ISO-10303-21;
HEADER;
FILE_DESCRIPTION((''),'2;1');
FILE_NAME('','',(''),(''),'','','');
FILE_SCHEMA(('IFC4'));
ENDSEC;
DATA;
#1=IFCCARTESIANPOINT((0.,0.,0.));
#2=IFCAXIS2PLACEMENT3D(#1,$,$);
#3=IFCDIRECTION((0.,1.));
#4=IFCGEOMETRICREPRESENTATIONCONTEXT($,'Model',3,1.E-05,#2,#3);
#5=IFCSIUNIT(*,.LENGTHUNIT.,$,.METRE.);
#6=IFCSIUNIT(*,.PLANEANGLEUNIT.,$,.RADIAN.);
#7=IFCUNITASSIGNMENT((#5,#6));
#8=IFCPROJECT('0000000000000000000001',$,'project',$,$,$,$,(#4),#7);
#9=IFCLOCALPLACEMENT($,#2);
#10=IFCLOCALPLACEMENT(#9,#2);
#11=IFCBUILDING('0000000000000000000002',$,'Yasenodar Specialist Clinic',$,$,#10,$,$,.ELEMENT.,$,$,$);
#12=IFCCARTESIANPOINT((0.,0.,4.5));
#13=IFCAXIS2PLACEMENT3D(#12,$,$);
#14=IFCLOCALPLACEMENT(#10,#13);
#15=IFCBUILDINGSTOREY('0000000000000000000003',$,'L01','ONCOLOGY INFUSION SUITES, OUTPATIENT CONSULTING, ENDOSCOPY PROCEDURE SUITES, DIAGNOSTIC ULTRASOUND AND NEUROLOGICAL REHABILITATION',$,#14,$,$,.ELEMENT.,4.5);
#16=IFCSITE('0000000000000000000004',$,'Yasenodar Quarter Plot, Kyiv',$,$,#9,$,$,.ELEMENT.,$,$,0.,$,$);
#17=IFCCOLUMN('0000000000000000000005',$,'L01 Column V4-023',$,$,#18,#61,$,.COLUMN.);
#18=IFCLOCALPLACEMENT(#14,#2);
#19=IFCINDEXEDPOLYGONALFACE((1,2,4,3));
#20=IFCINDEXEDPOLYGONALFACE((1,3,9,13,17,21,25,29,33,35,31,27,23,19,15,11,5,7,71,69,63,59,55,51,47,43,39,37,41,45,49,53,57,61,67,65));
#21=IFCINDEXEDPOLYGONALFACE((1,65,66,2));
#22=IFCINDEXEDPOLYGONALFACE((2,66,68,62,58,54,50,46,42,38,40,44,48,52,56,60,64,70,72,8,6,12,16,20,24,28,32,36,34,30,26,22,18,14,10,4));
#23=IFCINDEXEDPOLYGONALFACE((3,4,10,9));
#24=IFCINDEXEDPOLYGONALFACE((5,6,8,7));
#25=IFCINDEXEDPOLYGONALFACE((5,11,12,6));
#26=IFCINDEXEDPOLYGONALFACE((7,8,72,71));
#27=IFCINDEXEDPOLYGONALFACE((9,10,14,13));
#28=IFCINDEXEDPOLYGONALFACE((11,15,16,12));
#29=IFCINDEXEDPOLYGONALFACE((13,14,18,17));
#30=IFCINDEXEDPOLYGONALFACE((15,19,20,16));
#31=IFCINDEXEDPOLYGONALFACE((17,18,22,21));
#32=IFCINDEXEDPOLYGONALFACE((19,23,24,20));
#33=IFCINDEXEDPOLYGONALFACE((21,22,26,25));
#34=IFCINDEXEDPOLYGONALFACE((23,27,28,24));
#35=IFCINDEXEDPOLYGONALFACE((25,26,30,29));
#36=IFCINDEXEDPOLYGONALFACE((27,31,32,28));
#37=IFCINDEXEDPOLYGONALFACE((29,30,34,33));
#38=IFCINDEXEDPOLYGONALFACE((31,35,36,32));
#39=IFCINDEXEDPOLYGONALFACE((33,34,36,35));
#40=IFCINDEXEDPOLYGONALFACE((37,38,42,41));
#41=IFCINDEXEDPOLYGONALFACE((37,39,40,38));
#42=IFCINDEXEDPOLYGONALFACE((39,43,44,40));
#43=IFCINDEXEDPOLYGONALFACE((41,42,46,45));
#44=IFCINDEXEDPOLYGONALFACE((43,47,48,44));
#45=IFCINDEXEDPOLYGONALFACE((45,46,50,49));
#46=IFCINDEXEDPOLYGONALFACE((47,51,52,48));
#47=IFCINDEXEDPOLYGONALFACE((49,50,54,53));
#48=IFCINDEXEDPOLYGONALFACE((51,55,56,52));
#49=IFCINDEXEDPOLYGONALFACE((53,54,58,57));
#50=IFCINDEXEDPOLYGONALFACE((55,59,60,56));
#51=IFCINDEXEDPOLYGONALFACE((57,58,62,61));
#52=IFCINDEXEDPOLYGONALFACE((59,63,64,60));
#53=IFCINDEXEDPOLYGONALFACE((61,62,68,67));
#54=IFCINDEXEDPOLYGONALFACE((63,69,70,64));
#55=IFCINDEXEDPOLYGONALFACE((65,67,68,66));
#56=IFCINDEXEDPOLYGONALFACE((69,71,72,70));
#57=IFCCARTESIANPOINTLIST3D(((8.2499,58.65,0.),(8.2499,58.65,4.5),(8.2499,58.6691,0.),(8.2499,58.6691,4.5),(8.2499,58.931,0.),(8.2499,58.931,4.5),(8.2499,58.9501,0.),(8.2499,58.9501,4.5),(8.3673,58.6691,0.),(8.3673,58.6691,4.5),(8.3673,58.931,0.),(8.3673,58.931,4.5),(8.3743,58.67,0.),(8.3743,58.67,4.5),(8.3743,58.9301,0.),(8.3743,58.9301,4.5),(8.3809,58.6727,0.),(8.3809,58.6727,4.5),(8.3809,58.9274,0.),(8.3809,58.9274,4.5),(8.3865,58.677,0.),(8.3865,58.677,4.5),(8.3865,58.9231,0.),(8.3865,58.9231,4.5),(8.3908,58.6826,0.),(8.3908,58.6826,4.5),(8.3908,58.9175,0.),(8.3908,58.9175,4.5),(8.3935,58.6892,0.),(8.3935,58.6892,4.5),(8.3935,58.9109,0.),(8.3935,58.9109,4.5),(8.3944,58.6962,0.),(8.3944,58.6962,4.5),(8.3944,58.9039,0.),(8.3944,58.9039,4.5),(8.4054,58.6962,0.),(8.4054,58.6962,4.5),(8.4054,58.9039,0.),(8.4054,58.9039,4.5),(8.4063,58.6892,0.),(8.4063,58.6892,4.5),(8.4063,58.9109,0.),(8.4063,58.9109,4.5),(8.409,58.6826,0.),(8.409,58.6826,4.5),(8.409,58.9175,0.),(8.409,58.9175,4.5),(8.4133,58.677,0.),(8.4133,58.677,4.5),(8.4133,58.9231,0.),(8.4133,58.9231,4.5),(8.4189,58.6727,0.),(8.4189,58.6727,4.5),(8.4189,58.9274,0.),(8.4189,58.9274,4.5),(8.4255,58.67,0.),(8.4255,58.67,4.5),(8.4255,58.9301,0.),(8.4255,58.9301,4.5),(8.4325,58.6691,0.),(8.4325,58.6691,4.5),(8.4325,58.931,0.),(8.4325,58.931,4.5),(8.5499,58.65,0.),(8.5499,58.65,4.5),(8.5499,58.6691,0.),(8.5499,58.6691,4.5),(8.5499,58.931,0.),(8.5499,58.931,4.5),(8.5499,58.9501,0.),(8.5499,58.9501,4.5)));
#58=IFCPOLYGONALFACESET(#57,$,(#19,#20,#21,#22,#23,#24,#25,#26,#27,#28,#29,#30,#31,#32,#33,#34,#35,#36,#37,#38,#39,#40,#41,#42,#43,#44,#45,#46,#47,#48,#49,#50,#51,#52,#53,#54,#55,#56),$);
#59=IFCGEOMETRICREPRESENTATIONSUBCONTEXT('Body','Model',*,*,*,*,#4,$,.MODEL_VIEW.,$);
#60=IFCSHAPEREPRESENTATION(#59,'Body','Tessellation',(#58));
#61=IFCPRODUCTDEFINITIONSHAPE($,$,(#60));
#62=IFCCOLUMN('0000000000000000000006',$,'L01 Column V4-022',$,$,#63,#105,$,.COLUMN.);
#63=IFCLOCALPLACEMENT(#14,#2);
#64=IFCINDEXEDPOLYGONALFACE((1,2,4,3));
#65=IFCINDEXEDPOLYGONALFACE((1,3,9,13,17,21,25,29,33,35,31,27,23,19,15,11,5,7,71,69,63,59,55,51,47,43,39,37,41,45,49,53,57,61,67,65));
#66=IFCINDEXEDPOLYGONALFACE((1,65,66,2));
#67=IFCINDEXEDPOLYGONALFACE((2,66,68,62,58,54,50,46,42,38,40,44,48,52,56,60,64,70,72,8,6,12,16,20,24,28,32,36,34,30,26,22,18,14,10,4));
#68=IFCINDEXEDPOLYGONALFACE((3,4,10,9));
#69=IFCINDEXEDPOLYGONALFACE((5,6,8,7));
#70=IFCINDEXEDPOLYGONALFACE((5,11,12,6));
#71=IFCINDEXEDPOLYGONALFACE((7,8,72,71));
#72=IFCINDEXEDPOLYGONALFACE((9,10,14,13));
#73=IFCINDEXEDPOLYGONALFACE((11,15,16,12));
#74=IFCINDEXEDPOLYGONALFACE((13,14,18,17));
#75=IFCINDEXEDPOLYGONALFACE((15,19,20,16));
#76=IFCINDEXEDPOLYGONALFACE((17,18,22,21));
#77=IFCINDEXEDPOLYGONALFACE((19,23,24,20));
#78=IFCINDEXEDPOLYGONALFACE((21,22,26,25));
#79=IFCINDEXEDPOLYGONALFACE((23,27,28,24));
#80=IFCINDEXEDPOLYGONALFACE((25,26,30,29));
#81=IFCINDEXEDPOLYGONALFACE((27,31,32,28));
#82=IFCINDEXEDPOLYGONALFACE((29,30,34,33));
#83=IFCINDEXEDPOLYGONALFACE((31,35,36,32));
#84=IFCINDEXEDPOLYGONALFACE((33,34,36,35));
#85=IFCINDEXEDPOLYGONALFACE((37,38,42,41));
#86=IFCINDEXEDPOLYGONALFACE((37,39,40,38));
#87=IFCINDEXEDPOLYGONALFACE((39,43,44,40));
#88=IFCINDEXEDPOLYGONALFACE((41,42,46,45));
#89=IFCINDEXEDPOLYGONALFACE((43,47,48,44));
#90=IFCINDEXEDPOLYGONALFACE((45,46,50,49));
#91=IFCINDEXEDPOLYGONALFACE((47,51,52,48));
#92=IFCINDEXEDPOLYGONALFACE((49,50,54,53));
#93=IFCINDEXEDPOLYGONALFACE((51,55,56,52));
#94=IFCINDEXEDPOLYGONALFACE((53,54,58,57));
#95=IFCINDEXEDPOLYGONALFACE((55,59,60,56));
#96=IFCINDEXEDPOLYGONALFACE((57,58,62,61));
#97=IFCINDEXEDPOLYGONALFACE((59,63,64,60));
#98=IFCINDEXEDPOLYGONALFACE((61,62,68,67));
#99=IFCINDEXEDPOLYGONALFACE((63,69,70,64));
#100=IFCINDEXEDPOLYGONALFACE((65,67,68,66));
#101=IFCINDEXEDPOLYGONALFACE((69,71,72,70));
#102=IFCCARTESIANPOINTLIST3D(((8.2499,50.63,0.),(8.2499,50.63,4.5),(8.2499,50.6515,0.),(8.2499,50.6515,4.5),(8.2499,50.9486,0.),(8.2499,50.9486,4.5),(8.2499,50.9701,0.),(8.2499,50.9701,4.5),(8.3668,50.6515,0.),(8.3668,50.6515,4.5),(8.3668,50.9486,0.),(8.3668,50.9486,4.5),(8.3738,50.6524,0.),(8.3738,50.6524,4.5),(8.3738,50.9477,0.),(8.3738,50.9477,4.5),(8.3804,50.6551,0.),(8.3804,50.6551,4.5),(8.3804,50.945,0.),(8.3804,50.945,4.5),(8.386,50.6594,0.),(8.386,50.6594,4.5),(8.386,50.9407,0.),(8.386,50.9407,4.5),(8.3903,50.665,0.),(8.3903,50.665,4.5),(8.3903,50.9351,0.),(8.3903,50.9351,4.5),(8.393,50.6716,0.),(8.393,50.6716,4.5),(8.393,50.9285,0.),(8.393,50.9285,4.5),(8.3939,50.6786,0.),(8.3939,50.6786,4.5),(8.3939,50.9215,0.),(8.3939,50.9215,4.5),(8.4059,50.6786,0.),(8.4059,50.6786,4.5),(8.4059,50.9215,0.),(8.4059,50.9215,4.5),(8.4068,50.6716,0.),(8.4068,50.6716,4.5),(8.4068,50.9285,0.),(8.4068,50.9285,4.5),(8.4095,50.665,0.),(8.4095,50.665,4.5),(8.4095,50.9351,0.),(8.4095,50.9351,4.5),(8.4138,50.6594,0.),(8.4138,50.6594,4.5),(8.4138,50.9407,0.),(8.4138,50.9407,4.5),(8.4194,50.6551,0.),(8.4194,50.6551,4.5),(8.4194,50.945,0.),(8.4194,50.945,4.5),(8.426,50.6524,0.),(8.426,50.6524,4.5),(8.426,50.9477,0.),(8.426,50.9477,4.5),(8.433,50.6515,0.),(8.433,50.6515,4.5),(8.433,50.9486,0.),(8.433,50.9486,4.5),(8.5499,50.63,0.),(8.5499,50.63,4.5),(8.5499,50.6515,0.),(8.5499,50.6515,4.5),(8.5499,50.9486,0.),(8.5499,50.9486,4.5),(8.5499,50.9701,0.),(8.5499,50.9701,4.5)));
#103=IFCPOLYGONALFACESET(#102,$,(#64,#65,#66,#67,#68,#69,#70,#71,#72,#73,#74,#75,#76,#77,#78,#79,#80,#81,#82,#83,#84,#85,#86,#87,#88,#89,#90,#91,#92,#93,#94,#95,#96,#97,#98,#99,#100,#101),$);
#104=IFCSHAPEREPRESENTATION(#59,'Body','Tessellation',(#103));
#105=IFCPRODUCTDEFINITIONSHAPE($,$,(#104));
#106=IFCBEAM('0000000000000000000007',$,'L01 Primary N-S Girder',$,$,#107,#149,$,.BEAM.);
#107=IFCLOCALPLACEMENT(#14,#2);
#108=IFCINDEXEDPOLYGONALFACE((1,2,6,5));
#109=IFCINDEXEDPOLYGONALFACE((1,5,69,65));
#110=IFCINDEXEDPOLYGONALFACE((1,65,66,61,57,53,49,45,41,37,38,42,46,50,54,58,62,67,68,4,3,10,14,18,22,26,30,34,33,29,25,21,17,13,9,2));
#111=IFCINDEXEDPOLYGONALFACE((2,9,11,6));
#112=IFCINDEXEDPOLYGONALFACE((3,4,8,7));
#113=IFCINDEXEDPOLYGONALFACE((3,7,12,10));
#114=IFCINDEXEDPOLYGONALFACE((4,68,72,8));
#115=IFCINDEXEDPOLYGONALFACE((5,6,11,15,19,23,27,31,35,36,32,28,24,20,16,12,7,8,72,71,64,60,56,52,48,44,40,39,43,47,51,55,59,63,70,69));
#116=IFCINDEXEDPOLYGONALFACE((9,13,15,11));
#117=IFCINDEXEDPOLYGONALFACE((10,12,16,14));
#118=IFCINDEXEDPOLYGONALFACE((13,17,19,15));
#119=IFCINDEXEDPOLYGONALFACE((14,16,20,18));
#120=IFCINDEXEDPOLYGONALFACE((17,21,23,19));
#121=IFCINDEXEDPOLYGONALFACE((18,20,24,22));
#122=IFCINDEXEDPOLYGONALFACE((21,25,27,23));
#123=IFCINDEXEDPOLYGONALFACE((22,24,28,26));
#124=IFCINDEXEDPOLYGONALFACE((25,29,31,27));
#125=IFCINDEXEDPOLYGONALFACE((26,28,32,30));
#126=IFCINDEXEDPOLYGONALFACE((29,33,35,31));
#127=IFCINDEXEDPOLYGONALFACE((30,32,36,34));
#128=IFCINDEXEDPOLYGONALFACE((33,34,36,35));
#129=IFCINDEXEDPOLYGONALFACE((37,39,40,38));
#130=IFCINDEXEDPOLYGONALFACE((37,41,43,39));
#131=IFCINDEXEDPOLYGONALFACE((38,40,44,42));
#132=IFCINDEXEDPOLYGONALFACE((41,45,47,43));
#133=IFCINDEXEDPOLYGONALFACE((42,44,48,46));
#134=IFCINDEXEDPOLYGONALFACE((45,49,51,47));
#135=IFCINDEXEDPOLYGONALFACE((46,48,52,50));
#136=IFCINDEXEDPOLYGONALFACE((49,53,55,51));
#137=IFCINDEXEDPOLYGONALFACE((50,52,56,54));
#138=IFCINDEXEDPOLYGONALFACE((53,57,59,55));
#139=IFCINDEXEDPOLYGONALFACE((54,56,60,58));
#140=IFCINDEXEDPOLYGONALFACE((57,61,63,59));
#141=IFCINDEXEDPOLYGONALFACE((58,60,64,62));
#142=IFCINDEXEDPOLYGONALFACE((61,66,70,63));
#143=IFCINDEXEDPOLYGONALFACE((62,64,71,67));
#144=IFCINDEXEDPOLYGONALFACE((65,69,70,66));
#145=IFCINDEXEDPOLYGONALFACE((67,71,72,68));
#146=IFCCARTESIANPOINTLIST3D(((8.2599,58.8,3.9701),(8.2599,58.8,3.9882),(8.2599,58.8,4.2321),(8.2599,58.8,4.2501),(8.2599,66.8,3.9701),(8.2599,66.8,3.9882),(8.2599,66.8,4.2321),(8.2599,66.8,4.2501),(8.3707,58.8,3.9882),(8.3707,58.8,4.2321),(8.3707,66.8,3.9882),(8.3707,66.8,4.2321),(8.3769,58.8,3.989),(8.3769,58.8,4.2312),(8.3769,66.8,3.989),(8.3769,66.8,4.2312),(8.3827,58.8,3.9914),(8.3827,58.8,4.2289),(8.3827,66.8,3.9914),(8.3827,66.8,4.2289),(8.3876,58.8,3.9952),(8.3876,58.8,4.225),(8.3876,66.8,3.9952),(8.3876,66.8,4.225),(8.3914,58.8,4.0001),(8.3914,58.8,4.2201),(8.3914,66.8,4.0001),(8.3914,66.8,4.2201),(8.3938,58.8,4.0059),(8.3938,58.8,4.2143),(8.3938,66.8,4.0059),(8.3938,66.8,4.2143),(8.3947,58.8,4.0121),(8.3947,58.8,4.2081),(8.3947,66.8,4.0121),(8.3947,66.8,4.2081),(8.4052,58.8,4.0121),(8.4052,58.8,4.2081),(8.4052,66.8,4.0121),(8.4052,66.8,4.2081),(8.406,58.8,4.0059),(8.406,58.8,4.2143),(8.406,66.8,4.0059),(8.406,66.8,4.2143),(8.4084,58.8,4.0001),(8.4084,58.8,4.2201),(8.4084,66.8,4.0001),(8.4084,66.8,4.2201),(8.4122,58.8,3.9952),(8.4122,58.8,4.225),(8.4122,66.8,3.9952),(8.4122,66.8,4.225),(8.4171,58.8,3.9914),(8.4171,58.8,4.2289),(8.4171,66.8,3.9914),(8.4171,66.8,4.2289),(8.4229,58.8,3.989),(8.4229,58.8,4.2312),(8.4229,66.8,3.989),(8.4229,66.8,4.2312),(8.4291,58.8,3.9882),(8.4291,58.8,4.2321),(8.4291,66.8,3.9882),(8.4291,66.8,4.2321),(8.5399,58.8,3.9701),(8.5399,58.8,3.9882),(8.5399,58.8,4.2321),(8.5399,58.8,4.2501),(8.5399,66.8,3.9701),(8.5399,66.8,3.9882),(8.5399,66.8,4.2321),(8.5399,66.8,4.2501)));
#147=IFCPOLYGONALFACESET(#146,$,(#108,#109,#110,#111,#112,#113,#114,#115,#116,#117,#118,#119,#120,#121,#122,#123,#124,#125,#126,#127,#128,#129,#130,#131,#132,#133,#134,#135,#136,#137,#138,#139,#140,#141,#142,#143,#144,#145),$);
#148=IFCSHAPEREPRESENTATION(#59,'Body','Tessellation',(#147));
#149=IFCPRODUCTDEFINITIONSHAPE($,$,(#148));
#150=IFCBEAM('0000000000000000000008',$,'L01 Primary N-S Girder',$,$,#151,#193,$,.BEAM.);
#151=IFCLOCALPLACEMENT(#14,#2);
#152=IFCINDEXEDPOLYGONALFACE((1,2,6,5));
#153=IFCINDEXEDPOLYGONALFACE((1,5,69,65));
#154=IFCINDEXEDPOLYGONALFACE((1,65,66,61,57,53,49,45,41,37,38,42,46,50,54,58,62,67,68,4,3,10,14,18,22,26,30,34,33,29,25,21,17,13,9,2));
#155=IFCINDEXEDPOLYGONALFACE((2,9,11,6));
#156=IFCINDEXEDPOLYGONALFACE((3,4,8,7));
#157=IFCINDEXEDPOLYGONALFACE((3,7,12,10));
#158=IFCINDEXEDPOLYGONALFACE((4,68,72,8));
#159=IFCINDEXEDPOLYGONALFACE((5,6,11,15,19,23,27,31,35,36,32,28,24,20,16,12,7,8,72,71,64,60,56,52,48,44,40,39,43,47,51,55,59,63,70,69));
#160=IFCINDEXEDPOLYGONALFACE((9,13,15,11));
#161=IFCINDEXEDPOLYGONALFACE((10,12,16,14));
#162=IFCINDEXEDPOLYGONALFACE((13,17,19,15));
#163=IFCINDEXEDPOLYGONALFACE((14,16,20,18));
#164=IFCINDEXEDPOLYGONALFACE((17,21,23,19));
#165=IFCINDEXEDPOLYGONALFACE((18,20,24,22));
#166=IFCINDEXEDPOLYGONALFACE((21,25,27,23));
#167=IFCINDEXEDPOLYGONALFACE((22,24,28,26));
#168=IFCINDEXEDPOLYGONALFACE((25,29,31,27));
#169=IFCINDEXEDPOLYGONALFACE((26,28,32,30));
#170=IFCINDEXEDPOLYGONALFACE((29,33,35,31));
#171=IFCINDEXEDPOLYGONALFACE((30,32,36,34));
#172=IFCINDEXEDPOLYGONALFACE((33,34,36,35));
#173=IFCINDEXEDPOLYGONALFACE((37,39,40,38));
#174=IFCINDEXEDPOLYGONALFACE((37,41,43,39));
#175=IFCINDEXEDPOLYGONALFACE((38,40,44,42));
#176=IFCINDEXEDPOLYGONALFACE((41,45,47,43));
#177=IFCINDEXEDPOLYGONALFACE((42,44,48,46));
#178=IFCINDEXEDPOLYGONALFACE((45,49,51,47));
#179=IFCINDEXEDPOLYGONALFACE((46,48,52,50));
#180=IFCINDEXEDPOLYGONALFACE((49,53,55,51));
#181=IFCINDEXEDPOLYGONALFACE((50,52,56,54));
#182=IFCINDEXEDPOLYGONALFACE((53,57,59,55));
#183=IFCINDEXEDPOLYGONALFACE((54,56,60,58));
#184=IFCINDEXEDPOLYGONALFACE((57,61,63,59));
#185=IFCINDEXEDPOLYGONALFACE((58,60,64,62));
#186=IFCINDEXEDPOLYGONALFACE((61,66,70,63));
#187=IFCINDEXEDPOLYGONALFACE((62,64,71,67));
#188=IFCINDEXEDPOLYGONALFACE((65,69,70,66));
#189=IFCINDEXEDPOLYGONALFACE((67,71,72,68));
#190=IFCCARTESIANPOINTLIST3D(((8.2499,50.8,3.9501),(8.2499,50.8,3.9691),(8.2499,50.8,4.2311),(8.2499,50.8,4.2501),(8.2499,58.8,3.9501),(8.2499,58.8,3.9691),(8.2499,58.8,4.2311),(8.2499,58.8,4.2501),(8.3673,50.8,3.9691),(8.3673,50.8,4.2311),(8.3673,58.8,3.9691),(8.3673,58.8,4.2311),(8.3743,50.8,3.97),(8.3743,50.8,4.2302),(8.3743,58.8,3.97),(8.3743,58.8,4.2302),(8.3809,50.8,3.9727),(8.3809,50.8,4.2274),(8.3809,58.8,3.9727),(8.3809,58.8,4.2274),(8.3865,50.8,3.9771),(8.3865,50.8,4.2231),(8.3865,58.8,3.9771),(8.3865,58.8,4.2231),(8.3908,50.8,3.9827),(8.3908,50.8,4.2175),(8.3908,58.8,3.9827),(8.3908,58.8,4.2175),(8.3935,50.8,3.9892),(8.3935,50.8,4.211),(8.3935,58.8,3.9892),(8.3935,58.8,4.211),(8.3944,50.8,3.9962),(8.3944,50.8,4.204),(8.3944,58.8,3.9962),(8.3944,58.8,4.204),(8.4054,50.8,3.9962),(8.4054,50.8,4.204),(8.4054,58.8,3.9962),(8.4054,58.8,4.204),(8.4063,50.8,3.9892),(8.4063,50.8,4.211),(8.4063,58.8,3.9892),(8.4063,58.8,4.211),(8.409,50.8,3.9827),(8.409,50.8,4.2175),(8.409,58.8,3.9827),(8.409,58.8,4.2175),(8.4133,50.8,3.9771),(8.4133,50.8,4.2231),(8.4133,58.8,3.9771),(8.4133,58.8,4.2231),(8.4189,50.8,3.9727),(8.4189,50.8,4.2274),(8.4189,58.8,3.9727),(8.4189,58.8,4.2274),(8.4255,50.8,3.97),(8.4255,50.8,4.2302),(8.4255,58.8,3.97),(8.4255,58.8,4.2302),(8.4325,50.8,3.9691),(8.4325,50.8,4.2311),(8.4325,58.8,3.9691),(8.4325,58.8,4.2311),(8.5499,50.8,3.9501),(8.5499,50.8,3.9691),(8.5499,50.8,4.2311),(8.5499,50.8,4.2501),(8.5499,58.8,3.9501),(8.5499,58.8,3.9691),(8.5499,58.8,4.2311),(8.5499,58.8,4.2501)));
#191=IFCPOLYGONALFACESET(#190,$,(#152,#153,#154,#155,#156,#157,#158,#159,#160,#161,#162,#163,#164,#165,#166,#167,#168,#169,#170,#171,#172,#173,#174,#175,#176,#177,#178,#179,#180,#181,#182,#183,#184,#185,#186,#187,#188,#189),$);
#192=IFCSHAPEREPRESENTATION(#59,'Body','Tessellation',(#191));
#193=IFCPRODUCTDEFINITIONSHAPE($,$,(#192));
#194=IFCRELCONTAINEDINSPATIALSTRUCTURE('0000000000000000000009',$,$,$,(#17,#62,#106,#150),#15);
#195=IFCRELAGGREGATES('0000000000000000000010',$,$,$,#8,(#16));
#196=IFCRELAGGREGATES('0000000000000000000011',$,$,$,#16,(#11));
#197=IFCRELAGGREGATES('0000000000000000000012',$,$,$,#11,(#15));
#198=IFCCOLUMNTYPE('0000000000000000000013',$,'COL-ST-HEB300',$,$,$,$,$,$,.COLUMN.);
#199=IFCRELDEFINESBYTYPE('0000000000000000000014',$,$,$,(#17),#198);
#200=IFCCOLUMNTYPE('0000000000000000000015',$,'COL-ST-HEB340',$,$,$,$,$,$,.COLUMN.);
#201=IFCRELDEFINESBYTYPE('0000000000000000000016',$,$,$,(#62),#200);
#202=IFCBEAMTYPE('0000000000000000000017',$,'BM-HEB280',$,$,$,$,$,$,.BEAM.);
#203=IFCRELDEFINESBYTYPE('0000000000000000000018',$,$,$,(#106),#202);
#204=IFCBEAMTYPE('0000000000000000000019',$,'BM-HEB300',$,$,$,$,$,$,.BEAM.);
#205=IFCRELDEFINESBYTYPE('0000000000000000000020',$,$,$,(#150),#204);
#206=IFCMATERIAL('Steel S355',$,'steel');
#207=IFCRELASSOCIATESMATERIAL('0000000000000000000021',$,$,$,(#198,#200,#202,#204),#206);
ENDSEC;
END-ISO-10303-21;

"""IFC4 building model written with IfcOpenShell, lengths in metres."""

from ifc_helpers import new_model, si_unit, direction, frame, origin, origin_2d, place, context, subcontext, project, spatial, i_section, extrude, material, material_profile, profile_set, type_object, element, save


model = new_model("IFC4")

# Units and contexts
model_context = context("Model", 3, precision=1e-05, world=origin(), true_north=direction((0.0, 1.0)))
body_context = subcontext(model_context, "Body", "Model", "MODEL_VIEW")
ifc_project = project(units=[si_unit("LENGTHUNIT", "METRE"), si_unit("PLANEANGLEUNIT", "RADIAN")], contexts=[model_context])

# Site, building, storey
site_placement = place(None, origin())
site = spatial("IfcSite", under=ifc_project, at=site_placement, Name="Yasenodar Quarter Plot, Kyiv", CompositionType="ELEMENT", RefElevation=0.0)
building_placement = place(site_placement, origin())
building = spatial("IfcBuilding", under=site, at=building_placement, Name="Yasenodar Specialist Clinic", CompositionType="ELEMENT")
storey_placement = place(building_placement, frame((0.0, 0.0, 4.5)))
storey = spatial("IfcBuildingStorey", under=building, at=storey_placement, Name="L01", Description="ONCOLOGY INFUSION SUITES, OUTPATIENT CONSULTING, ENDOSCOPY PROCEDURE SUITES, DIAGNOSTIC ULTRASOUND AND NEUROLOGICAL REHABILITATION", CompositionType="ELEMENT", Elevation=4.5)

# Columns
ifc_material_1 = material(Name="Steel S355", Category="steel")
ifc_material_profile_1 = material_profile(ifc_material_1, i_section(OverallWidth=0.3, OverallDepth=0.3, WebThickness=0.011, FlangeThickness=0.019, FilletRadius=0.0271, at=origin_2d()), Name="HEB 300")
ifc_profile_set_1 = profile_set([ifc_material_profile_1], Name="Steel S355")
column_type_1 = type_object("IfcColumnType", Name="COL-ST-HEB300", PredefinedType="COLUMN", material=ifc_profile_set_1)
column_1_placement = place(storey_placement, frame((8.3999, 58.8, 0.0), z_axis=(0.0, 0.0, 1.0), x_axis=(1.0, 0.0, 0.0)))
element("IfcColumn", 1, at=column_1_placement, inside=storey, type_object=column_type_1, Name="L01 Column V4-023", PredefinedType="COLUMN", context=body_context, shape_type="SweptSolid", body=[
    extrude(i_section(OverallWidth=0.3, OverallDepth=0.3, WebThickness=0.011, FlangeThickness=0.019, FilletRadius=0.0271, at=origin_2d()), origin(), (0.0, 0.0, 1.0), 4.5),
])
ifc_material_profile_2 = material_profile(ifc_material_1, i_section(OverallWidth=0.3, OverallDepth=0.3401, WebThickness=0.012, FlangeThickness=0.0215, FilletRadius=0.0271, at=origin_2d()), Name="HEB 340")
ifc_profile_set_2 = profile_set([ifc_material_profile_2], Name="Steel S355")
column_type_2 = type_object("IfcColumnType", Name="COL-ST-HEB340", PredefinedType="COLUMN", material=ifc_profile_set_2)
column_2_placement = place(storey_placement, frame((8.3999, 50.8, 0.0), z_axis=(0.0, 0.0, 1.0), x_axis=(1.0, 0.0, 0.0)))
element("IfcColumn", 2, at=column_2_placement, inside=storey, type_object=column_type_2, Name="L01 Column V4-022", PredefinedType="COLUMN", context=body_context, shape_type="SweptSolid", body=[
    extrude(i_section(OverallWidth=0.3, OverallDepth=0.3401, WebThickness=0.012, FlangeThickness=0.0215, FilletRadius=0.0271, at=origin_2d()), origin(), (0.0, 0.0, 1.0), 4.5),
])

# Beams
ifc_material_profile_3 = material_profile(ifc_material_1, i_section(OverallWidth=0.28, OverallDepth=0.28, WebThickness=0.0105, FlangeThickness=0.0181, FilletRadius=0.0239, at=origin_2d()), Name="HEB 280")
ifc_profile_set_3 = profile_set([ifc_material_profile_3], Name="Steel S355")
beam_type_1 = type_object("IfcBeamType", Name="BM-HEB280", PredefinedType="BEAM", material=ifc_profile_set_3)
beam_1_placement = place(storey_placement, frame((8.3999, 58.8, 4.1101), z_axis=(0.0, 1.0, 0.0), x_axis=(-1.0, 0.0, 0.0)))
element("IfcBeam", 3, at=beam_1_placement, inside=storey, type_object=beam_type_1, Name="L01 Primary N-S Girder", PredefinedType="BEAM", context=body_context, shape_type="SweptSolid", body=[
    extrude(i_section(OverallWidth=0.28, OverallDepth=0.28, WebThickness=0.0105, FlangeThickness=0.0181, FilletRadius=0.0239, at=origin_2d()), origin(), (0.0, 0.0, 1.0), 8.0),
])
ifc_material_profile_4 = material_profile(ifc_material_1, i_section(OverallWidth=0.3, OverallDepth=0.3, WebThickness=0.011, FlangeThickness=0.019, FilletRadius=0.0271, at=origin_2d()), Name="HEB 300")
ifc_profile_set_4 = profile_set([ifc_material_profile_4], Name="Steel S355")
beam_type_2 = type_object("IfcBeamType", Name="BM-HEB300", PredefinedType="BEAM", material=ifc_profile_set_4)
beam_2_placement = place(storey_placement, frame((8.3999, 50.8, 4.1001), z_axis=(0.0, 1.0, 0.0), x_axis=(-1.0, 0.0, 0.0)))
element("IfcBeam", 4, at=beam_2_placement, inside=storey, type_object=beam_type_2, Name="L01 Primary N-S Girder", PredefinedType="BEAM", context=body_context, shape_type="SweptSolid", body=[
    extrude(i_section(OverallWidth=0.3, OverallDepth=0.3, WebThickness=0.011, FlangeThickness=0.019, FilletRadius=0.0271, at=origin_2d()), origin(), (0.0, 0.0, 1.0), 8.0),
])

save(model, "model.ifc")
